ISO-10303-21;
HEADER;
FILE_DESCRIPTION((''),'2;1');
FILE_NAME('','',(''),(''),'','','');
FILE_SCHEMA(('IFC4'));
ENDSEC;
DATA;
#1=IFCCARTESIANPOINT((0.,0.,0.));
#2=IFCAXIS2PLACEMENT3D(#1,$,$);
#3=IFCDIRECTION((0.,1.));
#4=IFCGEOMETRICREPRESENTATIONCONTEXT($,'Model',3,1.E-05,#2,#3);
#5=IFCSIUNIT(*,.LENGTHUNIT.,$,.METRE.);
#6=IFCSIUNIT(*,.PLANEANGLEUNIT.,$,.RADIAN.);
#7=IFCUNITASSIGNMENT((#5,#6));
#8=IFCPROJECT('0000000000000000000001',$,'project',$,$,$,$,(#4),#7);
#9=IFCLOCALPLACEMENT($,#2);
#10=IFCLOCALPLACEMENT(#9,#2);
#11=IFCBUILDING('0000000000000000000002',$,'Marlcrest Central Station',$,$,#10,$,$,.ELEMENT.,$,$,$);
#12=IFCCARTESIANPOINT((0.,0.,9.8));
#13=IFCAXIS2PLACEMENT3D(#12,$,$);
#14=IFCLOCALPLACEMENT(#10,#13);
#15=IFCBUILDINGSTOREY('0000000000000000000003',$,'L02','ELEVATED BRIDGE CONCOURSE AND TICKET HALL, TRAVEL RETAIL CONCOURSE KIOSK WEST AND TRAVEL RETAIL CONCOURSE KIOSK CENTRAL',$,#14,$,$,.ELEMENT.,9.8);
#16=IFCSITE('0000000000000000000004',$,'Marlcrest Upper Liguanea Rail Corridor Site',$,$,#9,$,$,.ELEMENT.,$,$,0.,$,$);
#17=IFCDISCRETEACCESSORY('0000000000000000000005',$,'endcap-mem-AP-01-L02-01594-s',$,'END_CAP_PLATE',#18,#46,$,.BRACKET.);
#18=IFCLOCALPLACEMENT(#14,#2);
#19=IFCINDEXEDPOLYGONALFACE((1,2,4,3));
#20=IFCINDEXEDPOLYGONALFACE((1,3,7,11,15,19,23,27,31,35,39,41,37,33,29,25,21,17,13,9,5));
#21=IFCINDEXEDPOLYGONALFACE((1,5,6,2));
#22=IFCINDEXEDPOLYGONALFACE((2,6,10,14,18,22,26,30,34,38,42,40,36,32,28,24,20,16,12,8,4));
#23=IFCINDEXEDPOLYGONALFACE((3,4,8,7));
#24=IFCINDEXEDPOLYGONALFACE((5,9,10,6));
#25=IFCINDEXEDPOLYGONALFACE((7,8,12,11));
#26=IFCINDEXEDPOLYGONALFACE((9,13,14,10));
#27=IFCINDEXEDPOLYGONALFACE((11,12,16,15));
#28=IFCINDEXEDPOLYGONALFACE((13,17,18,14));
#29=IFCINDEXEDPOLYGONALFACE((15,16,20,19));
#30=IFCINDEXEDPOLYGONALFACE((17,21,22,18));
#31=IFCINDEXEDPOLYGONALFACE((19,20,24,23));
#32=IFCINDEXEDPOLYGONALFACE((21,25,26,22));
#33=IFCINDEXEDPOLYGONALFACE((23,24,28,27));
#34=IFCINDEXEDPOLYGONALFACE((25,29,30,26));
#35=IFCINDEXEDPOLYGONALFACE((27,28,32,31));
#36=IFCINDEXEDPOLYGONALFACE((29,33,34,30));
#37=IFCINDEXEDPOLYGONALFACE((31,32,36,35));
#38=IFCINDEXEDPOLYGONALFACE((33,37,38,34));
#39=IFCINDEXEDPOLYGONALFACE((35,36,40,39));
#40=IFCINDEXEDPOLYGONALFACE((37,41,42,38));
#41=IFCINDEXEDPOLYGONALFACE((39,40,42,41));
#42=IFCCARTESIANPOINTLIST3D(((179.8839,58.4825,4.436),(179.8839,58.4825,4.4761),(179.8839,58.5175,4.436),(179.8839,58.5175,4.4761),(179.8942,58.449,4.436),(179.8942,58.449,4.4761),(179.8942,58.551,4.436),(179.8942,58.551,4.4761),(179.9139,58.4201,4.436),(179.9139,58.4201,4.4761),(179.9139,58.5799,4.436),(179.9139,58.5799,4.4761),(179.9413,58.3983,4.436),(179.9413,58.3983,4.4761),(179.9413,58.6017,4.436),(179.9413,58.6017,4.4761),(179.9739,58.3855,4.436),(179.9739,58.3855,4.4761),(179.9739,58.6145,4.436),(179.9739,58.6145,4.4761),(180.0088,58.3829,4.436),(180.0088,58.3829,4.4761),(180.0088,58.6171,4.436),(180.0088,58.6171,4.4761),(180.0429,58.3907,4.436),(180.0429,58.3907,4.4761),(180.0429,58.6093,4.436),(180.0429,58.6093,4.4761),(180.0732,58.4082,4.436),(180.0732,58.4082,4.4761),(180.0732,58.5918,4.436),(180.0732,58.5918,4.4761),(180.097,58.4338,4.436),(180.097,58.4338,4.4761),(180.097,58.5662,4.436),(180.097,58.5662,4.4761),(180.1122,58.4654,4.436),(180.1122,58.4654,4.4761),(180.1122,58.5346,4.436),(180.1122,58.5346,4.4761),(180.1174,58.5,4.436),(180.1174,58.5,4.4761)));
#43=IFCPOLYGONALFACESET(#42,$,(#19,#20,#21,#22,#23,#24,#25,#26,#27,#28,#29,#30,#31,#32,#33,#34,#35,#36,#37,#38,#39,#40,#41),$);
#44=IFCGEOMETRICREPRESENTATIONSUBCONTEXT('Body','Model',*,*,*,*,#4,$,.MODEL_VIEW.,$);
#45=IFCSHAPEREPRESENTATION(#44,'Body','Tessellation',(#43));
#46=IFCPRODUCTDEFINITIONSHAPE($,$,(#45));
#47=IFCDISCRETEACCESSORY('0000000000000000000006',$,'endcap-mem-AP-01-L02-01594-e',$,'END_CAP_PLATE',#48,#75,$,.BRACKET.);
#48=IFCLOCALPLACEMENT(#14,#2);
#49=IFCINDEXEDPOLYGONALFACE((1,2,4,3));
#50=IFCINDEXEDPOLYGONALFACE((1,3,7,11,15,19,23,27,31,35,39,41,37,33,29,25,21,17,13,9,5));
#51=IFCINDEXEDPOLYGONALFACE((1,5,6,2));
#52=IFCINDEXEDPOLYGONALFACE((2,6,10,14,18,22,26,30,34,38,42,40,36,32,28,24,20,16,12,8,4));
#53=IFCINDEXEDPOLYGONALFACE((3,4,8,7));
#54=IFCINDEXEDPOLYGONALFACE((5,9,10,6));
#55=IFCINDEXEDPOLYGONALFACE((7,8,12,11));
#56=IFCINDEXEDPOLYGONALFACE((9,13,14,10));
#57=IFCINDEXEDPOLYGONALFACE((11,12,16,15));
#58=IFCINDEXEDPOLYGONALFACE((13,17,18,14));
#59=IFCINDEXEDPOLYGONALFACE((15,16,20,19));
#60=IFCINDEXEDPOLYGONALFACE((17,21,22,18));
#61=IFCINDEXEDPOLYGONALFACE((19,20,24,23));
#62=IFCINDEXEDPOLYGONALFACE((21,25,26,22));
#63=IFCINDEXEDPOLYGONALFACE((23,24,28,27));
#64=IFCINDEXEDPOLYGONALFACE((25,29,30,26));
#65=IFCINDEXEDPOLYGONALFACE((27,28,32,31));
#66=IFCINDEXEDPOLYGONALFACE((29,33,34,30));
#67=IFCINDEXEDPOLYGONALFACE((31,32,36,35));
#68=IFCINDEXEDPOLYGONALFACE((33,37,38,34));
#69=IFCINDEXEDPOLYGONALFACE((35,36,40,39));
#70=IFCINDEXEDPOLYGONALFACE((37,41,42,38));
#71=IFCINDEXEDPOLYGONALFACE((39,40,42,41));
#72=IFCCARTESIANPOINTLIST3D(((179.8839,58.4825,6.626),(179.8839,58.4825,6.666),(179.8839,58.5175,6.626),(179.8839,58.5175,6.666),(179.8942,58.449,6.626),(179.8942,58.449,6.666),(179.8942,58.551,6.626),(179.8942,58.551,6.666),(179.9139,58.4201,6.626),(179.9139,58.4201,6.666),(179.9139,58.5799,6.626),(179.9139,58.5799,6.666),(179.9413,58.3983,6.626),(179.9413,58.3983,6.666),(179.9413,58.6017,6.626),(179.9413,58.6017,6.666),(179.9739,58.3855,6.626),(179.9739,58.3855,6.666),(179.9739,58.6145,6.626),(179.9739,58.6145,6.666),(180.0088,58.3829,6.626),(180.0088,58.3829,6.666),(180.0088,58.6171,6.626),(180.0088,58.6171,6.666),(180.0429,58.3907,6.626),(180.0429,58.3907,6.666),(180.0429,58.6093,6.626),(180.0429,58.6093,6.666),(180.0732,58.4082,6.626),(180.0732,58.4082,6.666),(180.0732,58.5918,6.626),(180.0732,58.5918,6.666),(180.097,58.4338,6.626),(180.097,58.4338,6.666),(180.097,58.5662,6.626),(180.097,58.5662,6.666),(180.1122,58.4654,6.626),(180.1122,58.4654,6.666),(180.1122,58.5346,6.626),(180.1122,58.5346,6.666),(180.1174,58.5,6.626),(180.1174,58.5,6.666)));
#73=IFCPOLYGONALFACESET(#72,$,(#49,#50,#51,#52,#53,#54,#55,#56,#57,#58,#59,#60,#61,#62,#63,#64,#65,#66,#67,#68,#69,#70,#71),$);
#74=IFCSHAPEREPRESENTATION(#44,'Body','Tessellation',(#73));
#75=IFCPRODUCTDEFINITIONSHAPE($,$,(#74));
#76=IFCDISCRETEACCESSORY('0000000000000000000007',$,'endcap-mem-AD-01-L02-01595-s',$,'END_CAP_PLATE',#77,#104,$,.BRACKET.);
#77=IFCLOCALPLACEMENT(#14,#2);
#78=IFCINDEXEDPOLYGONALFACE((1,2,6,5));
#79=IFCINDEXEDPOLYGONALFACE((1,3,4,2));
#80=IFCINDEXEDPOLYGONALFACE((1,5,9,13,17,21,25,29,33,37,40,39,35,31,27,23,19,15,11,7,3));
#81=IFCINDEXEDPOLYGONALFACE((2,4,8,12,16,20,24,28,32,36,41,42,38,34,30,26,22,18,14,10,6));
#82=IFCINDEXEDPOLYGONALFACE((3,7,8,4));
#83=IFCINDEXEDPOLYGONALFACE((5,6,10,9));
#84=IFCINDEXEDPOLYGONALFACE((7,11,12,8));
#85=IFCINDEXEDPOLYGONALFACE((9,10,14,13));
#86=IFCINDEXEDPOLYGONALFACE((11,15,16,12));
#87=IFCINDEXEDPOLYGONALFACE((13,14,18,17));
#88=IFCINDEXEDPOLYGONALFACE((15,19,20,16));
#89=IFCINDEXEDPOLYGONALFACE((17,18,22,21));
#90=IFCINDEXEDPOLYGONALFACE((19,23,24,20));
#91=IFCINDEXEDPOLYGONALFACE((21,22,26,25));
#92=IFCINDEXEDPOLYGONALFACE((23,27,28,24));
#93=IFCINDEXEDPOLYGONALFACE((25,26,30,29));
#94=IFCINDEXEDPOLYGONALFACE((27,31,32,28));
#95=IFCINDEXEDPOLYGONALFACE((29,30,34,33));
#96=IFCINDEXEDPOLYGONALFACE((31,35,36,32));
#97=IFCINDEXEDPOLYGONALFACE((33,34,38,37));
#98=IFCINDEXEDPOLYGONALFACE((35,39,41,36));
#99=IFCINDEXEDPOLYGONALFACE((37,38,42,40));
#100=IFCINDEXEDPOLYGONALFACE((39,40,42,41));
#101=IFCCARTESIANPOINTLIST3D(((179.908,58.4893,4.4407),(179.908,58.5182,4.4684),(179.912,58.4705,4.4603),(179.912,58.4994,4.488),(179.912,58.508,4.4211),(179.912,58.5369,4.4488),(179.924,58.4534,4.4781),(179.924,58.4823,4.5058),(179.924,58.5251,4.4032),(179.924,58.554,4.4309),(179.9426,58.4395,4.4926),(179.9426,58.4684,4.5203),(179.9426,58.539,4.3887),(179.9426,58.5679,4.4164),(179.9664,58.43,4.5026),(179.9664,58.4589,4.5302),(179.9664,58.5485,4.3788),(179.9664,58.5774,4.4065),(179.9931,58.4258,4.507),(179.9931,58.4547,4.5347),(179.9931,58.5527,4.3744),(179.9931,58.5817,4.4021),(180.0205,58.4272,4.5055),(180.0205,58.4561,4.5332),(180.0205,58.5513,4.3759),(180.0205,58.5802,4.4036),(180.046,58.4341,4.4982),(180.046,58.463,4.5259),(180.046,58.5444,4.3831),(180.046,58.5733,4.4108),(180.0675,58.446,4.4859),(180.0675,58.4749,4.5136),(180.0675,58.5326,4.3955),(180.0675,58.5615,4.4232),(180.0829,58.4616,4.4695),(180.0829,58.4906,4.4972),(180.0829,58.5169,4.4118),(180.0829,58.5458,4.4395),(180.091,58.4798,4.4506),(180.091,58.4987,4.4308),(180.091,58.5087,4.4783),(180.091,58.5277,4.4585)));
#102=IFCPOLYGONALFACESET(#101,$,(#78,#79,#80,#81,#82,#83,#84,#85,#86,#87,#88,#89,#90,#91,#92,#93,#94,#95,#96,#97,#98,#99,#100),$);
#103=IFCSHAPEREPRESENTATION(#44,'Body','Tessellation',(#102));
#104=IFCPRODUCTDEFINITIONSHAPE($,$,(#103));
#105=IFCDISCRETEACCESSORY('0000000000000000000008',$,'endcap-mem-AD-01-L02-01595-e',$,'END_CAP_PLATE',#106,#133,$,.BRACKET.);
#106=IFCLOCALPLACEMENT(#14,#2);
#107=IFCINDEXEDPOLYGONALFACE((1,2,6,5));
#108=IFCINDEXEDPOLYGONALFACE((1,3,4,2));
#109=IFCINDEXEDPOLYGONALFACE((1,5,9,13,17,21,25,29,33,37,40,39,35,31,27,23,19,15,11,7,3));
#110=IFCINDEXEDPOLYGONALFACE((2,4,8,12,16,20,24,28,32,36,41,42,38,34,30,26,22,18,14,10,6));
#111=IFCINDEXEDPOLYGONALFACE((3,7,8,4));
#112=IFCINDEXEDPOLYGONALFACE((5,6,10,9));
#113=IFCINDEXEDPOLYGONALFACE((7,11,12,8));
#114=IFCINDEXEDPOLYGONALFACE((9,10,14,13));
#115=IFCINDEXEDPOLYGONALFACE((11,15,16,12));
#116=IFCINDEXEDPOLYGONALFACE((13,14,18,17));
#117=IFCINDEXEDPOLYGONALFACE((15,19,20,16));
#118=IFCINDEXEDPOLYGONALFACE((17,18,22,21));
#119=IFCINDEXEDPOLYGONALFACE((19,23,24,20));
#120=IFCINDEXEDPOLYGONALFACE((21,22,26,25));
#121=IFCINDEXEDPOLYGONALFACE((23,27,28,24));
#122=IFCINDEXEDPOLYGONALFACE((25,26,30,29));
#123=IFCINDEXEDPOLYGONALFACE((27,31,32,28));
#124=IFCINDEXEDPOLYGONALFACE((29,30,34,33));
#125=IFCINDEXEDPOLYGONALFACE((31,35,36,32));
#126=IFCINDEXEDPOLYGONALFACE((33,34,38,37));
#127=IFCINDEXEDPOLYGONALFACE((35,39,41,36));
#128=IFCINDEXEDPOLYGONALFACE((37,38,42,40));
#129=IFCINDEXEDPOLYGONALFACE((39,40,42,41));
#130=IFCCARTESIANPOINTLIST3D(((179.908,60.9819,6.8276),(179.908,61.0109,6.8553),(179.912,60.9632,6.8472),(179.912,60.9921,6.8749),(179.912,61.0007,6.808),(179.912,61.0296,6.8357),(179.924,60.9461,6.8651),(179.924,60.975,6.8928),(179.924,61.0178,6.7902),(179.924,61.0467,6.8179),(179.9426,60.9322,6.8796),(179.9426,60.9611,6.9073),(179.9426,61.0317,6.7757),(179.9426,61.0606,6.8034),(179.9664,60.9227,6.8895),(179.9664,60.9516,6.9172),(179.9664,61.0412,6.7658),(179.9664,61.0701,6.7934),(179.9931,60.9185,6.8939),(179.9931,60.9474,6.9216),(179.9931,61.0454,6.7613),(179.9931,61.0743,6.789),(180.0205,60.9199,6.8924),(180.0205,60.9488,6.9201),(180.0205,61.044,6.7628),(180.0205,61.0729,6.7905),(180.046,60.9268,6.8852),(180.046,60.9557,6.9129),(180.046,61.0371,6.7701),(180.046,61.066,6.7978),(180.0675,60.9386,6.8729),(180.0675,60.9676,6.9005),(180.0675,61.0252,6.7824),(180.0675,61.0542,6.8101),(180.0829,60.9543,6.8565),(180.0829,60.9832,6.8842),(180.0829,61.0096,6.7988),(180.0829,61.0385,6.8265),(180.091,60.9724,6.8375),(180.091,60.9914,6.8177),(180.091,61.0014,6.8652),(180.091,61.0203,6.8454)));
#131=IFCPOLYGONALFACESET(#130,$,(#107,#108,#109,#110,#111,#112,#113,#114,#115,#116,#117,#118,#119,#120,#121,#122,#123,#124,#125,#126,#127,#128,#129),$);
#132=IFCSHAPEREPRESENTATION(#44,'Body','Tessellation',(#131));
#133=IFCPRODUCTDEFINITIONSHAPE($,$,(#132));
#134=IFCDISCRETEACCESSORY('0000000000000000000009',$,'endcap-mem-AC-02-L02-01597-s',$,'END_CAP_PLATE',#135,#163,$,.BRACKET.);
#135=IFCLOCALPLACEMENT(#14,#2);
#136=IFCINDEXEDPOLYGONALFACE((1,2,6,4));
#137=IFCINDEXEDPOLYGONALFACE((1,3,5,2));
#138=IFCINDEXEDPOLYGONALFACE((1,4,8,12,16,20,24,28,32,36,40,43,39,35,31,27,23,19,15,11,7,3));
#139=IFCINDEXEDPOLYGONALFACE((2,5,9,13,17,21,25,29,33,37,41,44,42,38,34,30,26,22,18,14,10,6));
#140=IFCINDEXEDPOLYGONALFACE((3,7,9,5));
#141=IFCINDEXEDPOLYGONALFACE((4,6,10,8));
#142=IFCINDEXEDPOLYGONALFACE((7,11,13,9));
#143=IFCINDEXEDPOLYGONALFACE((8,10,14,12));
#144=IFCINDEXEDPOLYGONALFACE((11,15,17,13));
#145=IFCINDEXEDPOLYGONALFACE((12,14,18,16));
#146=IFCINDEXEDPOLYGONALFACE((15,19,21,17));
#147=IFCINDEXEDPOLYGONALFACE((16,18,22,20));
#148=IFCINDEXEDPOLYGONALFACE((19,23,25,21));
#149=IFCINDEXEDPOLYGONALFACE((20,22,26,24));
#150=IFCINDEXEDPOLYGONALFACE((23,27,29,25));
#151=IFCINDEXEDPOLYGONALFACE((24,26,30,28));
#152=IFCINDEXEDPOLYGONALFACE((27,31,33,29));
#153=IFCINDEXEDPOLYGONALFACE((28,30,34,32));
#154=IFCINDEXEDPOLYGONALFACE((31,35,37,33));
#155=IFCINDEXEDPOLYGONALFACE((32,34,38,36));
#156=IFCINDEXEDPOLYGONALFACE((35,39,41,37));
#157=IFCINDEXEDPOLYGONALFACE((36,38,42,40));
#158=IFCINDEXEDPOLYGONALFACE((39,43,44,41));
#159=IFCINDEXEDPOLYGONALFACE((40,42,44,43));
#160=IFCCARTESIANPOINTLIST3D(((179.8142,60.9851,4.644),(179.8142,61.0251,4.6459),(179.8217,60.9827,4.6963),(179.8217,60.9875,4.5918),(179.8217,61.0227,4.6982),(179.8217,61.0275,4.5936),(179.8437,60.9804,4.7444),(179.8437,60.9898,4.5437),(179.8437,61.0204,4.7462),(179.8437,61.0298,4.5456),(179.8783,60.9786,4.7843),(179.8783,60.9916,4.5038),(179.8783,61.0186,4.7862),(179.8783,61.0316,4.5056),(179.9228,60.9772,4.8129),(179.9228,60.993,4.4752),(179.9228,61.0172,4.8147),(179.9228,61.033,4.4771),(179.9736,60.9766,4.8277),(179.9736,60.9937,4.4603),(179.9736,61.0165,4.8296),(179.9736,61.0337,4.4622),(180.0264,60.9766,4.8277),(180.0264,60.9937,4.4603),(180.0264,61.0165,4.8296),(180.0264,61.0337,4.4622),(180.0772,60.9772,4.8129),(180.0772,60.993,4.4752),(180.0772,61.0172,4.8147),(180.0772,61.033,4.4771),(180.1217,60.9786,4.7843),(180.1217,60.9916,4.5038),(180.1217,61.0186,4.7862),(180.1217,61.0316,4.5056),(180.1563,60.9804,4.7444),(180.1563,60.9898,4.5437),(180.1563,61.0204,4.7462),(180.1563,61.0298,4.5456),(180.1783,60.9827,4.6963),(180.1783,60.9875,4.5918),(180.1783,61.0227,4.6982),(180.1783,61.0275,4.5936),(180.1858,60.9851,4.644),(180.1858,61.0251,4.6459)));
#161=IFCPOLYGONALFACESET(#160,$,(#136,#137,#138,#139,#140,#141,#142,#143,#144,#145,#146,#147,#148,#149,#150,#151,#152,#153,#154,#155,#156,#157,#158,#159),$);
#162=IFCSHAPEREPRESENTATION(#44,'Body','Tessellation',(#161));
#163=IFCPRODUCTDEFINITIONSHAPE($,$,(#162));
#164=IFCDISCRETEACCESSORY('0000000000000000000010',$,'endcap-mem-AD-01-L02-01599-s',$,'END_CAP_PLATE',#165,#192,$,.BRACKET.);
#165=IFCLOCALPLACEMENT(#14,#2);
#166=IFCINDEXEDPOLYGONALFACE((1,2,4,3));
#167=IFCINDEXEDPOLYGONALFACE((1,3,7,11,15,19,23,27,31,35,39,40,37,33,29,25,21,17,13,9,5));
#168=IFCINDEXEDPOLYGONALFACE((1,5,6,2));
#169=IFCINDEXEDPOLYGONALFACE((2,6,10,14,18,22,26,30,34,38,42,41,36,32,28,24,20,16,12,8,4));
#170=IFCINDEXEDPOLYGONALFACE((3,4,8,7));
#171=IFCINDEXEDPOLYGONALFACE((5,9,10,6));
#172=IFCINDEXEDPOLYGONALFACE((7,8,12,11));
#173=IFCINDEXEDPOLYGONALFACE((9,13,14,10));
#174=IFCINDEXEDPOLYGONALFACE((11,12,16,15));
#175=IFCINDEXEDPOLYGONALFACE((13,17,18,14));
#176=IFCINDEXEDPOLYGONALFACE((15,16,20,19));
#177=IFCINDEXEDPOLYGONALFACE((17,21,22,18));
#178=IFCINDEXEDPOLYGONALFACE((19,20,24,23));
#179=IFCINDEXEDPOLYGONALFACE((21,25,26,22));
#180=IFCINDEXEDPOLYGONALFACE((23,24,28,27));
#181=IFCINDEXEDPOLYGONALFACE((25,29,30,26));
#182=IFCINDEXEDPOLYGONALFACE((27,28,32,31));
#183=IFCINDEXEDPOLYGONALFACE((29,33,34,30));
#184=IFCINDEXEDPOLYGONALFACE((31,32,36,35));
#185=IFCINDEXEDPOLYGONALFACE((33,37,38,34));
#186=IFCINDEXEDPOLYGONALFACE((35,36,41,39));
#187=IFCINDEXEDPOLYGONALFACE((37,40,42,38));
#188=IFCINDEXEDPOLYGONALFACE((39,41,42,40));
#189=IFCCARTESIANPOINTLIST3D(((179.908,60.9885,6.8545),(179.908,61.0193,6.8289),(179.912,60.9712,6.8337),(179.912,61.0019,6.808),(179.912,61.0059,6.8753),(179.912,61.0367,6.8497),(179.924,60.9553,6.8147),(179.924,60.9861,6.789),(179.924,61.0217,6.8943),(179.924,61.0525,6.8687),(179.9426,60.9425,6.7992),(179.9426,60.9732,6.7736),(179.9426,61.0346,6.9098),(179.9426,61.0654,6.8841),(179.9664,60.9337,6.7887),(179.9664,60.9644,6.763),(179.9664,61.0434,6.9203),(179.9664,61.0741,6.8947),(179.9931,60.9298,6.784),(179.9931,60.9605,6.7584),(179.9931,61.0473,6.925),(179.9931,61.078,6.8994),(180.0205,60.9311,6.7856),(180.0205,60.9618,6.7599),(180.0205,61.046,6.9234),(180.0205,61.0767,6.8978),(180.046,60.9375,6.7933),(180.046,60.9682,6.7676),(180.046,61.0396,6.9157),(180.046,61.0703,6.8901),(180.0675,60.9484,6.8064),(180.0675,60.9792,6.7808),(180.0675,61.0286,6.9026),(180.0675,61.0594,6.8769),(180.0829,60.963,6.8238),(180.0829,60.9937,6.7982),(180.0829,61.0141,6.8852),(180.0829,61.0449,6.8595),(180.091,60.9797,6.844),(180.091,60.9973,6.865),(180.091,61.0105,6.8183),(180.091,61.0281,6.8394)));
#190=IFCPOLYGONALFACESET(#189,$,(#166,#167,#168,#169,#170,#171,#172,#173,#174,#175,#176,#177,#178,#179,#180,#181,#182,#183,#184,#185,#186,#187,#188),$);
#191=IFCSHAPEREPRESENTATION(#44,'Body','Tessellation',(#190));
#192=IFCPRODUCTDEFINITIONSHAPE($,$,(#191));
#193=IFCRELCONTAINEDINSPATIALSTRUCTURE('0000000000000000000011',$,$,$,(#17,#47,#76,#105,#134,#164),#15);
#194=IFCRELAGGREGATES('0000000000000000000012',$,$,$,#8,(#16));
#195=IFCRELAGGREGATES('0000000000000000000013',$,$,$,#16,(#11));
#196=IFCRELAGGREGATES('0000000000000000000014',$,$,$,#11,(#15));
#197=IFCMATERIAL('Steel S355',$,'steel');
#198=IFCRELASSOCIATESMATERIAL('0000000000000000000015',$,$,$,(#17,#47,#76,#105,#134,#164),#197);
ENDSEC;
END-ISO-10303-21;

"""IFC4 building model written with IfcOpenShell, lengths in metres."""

from ifc_helpers import new_model, si_unit, direction, frame, origin, origin_2d, place, context, subcontext, project, spatial, circle, extrude, material, element, save


model = new_model("IFC4")

# Units and contexts
model_context = context("Model", 3, precision=1e-05, world=origin(), true_north=direction((0.0, 1.0)))
body_context = subcontext(model_context, "Body", "Model", "MODEL_VIEW")
ifc_project = project(units=[si_unit("LENGTHUNIT", "METRE"), si_unit("PLANEANGLEUNIT", "RADIAN")], contexts=[model_context])

# Site, building, storey
site_placement = place(None, origin())
site = spatial("IfcSite", under=ifc_project, at=site_placement, Name="Marlcrest Upper Liguanea Rail Corridor Site", CompositionType="ELEMENT", RefElevation=0.0)
building_placement = place(site_placement, origin())
building = spatial("IfcBuilding", under=site, at=building_placement, Name="Marlcrest Central Station", CompositionType="ELEMENT")
storey_placement = place(building_placement, frame((0.0, 0.0, 9.8)))
storey = spatial("IfcBuildingStorey", under=building, at=storey_placement, Name="L02", Description="ELEVATED BRIDGE CONCOURSE AND TICKET HALL, TRAVEL RETAIL CONCOURSE KIOSK WEST AND TRAVEL RETAIL CONCOURSE KIOSK CENTRAL", CompositionType="ELEMENT", Elevation=9.8)

# Shared definitions
ifc_material = material(Name="Steel S355", Category="steel")

# Discrete accessories
for number, where, z_axis, x_axis, name in (
    (1, (180.0, 58.5, 4.436), (0.0, 0.0, 1.0), (1.0, 0.0, 0.0), "endcap-mem-AP-01-L02-01594-s"),
    (2, (180.0, 58.5, 6.626), (0.0, 0.0, 1.0), (1.0, 0.0, 0.0), "endcap-mem-AP-01-L02-01594-e"),
):
    element("IfcDiscreteAccessory", number, at=place(storey_placement, frame(where, z_axis=z_axis, x_axis=x_axis)), inside=storey, material=ifc_material, Name=name, ObjectType="END_CAP_PLATE", PredefinedType="BRACKET", context=body_context, shape_type="SweptSolid", body=[
        extrude(circle(Radius=0.1174, at=origin_2d()), origin(), (0.0, 0.0, 1.0), 0.04),
    ])
for number, where, z_axis, x_axis, name in (
    (3, (180.0, 58.4893, 4.4407), (0.0, 0.722247, 0.691636), (-1.0, 0.0, 0.0), "endcap-mem-AD-01-L02-01595-s"),
    (4, (180.0, 60.9819, 6.8276), (0.0, 0.722247, 0.691636), (-1.0, 0.0, 0.0), "endcap-mem-AD-01-L02-01595-e"),
):
    element("IfcDiscreteAccessory", number, at=place(storey_placement, frame(where, z_axis=z_axis, x_axis=x_axis)), inside=storey, material=ifc_material, Name=name, ObjectType="END_CAP_PLATE", PredefinedType="BRACKET", context=body_context, shape_type="SweptSolid", body=[
        extrude(circle(Radius=0.092, at=origin_2d()), origin(), (0.0, 0.0, 1.0), 0.04),
    ])
discrete_accessory_1_placement = place(storey_placement, frame((180.0, 60.9851, 4.644), z_axis=(0.0, 0.998917, 0.046532), x_axis=(-1.0, 0.0, 0.0)))
element("IfcDiscreteAccessory", 5, at=discrete_accessory_1_placement, inside=storey, material=ifc_material, Name="endcap-mem-AC-02-L02-01597-s", ObjectType="END_CAP_PLATE", PredefinedType="BRACKET", context=body_context, shape_type="SweptSolid", body=[
    extrude(circle(Radius=0.1858, at=origin_2d()), origin(), (0.0, 0.0, 1.0), 0.04),
])
discrete_accessory_2_placement = place(storey_placement, frame((180.0, 60.9885, 6.8545), z_axis=(0.0, 0.76816, -0.640258), x_axis=(-1.0, 0.0, 0.0)))
element("IfcDiscreteAccessory", 6, at=discrete_accessory_2_placement, inside=storey, material=ifc_material, Name="endcap-mem-AD-01-L02-01599-s", ObjectType="END_CAP_PLATE", PredefinedType="BRACKET", context=body_context, shape_type="SweptSolid", body=[
    extrude(circle(Radius=0.092, at=origin_2d()), origin(), (0.0, 0.0, 1.0), 0.04),
])

save(model, "model.ifc")
